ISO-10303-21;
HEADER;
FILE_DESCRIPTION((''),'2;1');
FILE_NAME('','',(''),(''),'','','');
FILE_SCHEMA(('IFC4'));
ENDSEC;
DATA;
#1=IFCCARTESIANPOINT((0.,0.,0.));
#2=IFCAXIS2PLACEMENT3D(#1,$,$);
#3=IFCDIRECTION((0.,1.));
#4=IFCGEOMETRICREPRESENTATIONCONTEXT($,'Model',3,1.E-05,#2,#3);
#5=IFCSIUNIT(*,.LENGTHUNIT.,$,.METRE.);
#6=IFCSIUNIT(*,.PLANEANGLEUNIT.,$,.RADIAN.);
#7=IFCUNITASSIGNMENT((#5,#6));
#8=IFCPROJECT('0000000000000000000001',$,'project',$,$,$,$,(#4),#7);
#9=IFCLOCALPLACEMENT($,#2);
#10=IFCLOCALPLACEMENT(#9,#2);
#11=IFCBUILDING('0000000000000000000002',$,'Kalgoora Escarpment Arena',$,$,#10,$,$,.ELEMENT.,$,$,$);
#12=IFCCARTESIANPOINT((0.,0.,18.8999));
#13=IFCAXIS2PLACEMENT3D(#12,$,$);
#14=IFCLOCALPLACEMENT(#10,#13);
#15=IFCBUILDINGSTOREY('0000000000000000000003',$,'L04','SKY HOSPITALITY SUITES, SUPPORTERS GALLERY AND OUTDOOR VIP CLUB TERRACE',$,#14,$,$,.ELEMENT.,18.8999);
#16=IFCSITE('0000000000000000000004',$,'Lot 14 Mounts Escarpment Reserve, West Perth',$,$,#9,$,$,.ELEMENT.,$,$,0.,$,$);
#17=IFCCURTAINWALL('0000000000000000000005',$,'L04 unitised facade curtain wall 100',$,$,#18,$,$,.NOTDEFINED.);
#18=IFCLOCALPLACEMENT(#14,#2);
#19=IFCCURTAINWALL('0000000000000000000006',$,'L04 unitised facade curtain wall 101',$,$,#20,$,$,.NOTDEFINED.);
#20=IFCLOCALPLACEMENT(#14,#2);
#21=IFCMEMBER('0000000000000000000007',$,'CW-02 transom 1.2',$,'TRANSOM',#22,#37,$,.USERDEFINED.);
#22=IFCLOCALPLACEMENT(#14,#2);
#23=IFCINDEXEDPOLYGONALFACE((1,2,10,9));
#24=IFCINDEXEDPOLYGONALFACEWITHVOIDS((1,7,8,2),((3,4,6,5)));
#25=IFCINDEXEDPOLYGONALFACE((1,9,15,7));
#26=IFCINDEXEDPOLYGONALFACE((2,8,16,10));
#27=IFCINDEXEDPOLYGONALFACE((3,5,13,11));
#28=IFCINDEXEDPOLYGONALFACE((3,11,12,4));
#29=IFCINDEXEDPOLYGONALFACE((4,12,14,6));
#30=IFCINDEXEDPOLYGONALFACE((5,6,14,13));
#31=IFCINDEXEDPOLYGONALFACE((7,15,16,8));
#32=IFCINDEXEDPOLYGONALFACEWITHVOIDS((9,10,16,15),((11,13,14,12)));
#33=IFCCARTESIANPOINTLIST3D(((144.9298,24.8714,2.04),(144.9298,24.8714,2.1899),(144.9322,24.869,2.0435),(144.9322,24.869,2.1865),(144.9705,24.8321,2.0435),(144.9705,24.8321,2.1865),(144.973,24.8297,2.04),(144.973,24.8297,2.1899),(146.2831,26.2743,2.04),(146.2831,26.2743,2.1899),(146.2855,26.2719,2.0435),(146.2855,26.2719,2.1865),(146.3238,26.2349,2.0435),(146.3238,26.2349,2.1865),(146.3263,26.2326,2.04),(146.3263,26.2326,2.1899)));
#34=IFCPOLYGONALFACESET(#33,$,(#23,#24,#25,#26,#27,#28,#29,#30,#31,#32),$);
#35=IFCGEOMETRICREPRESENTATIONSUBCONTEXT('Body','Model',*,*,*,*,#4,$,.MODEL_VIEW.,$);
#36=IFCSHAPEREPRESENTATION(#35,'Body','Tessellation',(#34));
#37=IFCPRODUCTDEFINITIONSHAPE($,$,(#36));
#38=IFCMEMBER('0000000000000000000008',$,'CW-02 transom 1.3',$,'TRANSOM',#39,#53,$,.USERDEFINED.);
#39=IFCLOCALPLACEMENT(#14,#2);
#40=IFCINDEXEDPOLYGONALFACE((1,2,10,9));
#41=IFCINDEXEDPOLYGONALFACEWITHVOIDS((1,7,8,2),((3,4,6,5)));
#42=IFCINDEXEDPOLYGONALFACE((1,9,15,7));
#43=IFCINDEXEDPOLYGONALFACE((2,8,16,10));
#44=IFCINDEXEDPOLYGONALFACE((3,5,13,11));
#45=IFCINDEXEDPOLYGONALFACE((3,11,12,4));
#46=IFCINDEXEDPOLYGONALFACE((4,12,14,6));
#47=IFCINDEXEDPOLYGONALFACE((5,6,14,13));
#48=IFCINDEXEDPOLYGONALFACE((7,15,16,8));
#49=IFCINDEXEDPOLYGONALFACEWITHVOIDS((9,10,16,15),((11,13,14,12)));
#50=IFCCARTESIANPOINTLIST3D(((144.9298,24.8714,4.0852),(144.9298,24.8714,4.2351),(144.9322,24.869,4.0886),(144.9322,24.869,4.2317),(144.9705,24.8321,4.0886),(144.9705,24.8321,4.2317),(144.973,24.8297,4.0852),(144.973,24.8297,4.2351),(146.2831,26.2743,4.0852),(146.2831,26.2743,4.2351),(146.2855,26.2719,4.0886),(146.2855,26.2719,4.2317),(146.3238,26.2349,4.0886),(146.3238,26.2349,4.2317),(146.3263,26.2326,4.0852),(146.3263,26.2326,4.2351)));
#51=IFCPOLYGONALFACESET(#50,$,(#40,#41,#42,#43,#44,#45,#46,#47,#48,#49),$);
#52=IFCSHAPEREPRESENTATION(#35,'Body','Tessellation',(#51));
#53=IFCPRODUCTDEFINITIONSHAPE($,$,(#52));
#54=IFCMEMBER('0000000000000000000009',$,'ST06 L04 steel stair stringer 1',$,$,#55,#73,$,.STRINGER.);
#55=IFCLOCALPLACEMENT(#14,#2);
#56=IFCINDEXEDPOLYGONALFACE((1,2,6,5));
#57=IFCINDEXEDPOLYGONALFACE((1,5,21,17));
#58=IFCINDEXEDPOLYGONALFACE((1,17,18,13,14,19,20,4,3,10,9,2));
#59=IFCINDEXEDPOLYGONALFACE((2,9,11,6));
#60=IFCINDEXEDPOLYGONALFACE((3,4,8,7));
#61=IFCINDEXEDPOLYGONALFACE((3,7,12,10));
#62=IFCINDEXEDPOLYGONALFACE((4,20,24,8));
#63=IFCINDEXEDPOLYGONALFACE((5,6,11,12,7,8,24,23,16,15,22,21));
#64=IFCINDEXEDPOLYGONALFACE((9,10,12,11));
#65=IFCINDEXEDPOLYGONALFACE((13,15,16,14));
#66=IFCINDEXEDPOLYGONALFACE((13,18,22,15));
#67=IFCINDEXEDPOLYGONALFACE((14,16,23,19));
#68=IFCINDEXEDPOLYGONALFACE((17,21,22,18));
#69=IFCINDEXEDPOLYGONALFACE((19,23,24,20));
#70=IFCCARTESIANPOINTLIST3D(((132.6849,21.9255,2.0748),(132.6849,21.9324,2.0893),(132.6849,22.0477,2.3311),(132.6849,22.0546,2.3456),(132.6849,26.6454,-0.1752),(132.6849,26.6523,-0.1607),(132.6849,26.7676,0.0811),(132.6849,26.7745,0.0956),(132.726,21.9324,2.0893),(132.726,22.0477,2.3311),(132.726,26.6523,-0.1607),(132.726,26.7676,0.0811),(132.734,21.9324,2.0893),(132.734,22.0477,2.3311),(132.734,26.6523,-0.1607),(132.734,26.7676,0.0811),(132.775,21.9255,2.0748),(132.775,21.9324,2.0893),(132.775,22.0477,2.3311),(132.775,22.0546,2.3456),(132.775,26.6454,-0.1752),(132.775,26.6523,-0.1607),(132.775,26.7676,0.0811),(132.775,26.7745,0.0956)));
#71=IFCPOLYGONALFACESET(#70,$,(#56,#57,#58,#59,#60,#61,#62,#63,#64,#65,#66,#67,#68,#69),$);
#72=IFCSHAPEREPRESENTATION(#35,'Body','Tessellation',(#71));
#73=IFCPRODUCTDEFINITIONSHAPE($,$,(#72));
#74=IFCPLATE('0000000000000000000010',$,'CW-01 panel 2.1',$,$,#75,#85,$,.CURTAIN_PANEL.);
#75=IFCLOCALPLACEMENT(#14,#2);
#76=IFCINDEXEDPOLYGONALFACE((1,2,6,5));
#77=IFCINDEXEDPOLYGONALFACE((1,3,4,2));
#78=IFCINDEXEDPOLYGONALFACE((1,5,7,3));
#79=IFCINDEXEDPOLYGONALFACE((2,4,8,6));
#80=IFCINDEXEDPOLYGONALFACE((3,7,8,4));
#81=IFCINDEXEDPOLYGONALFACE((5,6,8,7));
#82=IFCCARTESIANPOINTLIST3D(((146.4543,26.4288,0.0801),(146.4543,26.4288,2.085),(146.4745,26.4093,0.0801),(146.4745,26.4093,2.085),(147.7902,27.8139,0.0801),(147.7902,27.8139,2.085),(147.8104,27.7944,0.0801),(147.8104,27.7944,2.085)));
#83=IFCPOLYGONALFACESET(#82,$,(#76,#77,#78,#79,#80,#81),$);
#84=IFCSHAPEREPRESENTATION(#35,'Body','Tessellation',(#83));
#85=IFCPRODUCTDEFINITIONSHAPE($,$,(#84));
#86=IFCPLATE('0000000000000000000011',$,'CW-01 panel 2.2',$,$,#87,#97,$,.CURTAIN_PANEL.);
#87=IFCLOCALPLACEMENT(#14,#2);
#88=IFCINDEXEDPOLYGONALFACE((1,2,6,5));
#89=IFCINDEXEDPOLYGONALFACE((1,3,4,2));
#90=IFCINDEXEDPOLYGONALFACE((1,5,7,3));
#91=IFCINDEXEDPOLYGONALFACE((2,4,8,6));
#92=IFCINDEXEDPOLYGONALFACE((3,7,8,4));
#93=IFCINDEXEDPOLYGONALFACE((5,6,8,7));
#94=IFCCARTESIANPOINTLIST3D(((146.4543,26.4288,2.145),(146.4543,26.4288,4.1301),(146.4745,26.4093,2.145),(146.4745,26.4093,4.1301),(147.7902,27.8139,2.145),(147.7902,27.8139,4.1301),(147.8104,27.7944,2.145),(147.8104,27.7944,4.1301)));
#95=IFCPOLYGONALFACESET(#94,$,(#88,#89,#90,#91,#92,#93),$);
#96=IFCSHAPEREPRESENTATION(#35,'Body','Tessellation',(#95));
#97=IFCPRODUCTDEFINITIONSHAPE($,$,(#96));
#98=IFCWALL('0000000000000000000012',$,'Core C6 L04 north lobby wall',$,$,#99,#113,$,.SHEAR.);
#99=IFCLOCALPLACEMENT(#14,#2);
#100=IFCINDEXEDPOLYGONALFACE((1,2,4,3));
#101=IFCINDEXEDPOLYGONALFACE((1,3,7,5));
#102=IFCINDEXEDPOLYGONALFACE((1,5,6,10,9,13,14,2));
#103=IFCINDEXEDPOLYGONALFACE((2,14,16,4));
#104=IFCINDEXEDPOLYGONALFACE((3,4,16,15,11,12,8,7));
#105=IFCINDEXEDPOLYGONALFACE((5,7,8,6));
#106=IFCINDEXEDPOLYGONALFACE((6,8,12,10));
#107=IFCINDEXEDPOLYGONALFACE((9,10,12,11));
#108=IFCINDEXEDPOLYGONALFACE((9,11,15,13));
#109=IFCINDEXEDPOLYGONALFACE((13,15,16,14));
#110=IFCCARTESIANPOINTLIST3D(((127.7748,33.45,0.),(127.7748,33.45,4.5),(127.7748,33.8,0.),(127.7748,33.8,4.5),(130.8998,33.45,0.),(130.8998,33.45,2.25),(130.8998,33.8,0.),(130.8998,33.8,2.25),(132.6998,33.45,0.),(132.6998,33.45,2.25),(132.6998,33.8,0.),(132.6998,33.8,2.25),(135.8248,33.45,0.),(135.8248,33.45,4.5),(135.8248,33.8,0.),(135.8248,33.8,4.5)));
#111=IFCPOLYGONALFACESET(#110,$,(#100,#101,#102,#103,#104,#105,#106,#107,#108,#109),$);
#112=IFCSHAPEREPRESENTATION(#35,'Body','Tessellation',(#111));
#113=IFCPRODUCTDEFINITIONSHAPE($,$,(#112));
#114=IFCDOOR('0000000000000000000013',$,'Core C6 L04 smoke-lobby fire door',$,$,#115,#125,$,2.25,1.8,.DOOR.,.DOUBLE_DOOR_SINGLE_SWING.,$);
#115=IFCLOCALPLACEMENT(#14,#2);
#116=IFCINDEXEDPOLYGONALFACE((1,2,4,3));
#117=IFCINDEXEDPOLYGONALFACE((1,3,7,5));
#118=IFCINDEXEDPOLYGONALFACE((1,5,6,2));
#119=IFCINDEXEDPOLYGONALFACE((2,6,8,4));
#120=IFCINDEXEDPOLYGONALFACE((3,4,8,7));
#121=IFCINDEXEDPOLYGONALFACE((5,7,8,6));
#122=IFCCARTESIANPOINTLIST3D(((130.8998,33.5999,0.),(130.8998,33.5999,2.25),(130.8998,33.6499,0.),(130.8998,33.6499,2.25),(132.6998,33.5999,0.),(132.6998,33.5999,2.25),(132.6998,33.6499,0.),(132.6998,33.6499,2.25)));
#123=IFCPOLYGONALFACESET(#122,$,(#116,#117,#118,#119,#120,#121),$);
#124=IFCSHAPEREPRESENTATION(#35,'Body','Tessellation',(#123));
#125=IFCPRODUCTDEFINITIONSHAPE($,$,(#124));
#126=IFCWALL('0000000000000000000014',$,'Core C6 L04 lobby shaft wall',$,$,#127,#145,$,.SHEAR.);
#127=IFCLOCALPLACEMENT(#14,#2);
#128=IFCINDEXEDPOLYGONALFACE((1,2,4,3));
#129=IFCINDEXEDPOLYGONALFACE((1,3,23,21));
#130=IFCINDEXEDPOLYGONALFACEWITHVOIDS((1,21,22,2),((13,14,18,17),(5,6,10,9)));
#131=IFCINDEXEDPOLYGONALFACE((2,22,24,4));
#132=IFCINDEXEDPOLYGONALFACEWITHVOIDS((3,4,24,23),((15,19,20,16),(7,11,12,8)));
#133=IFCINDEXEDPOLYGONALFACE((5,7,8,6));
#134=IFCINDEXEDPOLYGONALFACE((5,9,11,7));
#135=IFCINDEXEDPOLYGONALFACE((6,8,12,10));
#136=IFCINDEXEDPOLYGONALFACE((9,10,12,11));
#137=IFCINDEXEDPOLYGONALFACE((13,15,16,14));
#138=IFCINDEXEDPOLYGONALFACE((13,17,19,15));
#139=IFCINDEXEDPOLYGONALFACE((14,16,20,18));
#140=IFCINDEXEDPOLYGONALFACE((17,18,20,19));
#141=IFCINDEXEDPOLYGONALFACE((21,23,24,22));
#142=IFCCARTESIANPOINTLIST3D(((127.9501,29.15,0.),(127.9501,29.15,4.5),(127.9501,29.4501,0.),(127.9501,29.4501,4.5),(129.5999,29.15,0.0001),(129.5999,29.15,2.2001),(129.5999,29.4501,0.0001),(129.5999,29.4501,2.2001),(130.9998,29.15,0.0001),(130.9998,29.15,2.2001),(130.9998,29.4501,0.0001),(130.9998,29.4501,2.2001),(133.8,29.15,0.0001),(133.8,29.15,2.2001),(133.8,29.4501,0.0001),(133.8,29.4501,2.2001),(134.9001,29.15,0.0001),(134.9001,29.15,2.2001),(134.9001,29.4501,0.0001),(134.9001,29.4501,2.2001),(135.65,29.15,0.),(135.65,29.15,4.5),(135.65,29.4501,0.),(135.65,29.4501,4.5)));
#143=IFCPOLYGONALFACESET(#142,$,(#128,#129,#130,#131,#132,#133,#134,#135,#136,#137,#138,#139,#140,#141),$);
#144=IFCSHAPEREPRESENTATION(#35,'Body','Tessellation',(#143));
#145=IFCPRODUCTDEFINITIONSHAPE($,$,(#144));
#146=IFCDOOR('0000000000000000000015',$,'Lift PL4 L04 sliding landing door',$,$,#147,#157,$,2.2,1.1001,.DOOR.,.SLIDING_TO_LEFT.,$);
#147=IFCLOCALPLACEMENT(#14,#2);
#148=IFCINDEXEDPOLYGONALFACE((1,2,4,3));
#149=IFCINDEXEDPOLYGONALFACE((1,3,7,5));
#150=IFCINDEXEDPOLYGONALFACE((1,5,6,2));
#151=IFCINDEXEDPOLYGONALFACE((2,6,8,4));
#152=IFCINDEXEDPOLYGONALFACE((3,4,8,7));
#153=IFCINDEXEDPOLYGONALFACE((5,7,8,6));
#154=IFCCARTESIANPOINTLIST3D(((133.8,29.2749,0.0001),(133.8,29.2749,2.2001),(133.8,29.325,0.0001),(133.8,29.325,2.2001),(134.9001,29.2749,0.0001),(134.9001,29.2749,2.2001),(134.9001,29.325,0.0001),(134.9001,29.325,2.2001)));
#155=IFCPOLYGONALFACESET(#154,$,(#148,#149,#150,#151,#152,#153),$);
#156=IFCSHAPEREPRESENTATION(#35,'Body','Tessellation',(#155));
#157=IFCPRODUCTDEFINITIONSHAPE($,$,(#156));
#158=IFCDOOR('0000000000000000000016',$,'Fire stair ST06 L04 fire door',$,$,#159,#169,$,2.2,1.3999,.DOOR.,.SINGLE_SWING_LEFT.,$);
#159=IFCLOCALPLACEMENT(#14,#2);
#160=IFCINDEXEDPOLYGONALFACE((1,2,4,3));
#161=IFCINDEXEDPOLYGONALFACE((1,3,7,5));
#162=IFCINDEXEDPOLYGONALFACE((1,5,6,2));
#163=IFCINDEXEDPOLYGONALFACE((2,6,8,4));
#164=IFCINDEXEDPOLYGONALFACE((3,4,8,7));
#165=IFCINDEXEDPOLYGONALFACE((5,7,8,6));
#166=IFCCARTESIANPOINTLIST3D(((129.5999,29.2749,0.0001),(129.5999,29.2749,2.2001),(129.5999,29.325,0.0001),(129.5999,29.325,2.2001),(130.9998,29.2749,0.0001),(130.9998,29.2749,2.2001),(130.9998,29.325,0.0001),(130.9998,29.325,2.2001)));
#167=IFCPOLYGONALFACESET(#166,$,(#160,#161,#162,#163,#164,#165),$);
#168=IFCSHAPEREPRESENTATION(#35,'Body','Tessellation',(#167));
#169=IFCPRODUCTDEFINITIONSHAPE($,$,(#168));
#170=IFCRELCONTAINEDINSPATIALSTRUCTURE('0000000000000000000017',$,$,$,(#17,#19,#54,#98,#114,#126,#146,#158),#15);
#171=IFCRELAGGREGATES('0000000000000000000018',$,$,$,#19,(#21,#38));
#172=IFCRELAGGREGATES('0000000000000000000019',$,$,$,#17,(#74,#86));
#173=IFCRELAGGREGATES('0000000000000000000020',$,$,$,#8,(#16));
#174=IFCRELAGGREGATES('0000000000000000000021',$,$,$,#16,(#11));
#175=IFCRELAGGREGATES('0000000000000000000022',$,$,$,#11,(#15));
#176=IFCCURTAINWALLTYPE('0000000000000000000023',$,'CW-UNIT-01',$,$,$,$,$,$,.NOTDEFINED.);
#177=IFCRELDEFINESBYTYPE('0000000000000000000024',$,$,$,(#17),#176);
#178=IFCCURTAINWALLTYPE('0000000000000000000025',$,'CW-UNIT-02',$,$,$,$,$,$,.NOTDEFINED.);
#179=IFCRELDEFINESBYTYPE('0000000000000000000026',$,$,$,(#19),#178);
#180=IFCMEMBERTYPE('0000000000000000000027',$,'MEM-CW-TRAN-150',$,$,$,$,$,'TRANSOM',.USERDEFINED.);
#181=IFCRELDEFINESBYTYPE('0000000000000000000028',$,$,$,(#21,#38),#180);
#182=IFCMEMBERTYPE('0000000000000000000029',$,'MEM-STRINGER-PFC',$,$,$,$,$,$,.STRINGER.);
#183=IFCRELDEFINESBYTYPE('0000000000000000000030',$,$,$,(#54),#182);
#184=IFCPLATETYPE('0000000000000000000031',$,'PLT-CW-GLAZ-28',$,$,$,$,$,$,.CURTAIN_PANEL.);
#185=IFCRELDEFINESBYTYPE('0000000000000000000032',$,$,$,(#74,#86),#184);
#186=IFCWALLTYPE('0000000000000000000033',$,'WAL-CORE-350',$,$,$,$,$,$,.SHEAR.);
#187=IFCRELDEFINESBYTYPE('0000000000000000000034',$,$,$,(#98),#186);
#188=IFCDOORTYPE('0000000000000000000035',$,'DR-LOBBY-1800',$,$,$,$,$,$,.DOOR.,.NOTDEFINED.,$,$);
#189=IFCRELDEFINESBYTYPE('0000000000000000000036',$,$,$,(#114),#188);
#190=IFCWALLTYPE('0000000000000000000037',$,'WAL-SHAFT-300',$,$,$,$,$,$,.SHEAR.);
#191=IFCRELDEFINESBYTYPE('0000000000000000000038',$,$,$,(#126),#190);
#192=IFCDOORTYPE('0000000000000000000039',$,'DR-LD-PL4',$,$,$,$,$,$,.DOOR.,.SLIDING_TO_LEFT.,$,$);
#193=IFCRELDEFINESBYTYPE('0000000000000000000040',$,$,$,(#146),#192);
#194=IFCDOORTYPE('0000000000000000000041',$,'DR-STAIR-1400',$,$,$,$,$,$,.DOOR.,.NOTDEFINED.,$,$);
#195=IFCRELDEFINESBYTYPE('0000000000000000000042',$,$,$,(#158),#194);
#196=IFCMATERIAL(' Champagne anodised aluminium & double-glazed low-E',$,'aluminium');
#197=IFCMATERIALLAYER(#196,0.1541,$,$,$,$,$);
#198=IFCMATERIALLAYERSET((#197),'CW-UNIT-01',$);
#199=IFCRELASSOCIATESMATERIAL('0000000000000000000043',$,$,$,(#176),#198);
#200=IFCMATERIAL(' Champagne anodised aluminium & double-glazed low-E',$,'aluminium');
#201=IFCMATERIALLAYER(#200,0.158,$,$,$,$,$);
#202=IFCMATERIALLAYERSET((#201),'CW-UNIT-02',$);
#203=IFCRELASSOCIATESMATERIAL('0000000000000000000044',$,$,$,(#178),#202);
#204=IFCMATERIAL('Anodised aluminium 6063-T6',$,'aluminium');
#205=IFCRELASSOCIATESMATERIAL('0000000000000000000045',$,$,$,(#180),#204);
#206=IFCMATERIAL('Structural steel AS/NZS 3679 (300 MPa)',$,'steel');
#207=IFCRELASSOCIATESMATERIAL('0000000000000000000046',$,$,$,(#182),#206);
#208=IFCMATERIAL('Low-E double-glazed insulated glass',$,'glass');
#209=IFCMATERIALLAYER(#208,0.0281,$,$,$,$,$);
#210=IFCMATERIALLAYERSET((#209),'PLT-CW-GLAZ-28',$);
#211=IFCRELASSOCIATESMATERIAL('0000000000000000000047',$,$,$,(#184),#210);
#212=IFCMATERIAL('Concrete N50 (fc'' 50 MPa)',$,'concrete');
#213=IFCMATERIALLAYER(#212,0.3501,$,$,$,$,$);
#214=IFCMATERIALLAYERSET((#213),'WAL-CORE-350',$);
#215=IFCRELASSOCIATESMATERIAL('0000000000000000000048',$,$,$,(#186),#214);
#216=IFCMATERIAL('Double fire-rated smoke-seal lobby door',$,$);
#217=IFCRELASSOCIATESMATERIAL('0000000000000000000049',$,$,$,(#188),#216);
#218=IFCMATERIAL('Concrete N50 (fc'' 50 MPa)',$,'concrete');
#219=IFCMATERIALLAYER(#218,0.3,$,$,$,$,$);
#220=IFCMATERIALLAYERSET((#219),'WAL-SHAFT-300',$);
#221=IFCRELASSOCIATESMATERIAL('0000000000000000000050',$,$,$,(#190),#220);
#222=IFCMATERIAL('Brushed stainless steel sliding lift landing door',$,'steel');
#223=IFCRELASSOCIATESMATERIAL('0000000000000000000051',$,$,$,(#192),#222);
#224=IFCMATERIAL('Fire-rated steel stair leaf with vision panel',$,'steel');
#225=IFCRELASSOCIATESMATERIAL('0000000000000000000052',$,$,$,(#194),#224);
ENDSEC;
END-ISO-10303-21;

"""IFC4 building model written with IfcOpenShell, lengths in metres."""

from ifc_helpers import new_model, si_unit, direction, frame, frame_2d, origin, origin_2d, place, context, subcontext, project, spatial, rectangle, hollow_rectangle, i_section, extrude, material, layer, layer_set, material_profile, profile_set, type_object, element, fill, aggregate, save


model = new_model("IFC4")

# Units and contexts
model_context = context("Model", 3, precision=1e-05, world=origin(), true_north=direction((0.0, 1.0)))
body_context = subcontext(model_context, "Body", "Model", "MODEL_VIEW")
ifc_project = project(units=[si_unit("LENGTHUNIT", "METRE"), si_unit("PLANEANGLEUNIT", "RADIAN")], contexts=[model_context])

# Site, building, storey
site_placement = place(None, origin())
site = spatial("IfcSite", under=ifc_project, at=site_placement, Name="Lot 14 Mounts Escarpment Reserve, West Perth", CompositionType="ELEMENT", RefElevation=0.0)
building_placement = place(site_placement, origin())
building = spatial("IfcBuilding", under=site, at=building_placement, Name="Kalgoora Escarpment Arena", CompositionType="ELEMENT")
storey_placement = place(building_placement, frame((0.0, 0.0, 18.8999)))
storey = spatial("IfcBuildingStorey", under=building, at=storey_placement, Name="L04", Description="SKY HOSPITALITY SUITES, SUPPORTERS GALLERY AND OUTDOOR VIP CLUB TERRACE", CompositionType="ELEMENT", Elevation=18.8999)

# Curtain walls
ifc_material_1 = material(Name=" Champagne anodised aluminium & double-glazed low-E", Category="aluminium")
ifc_layer_1 = layer(ifc_material_1, 0.1541)
ifc_layer_set_1 = layer_set([ifc_layer_1], Name="CW-UNIT-01")
curtain_wall_type_1 = type_object("IfcCurtainWallType", Name="CW-UNIT-01", PredefinedType="NOTDEFINED", material=ifc_layer_set_1)
curtain_wall_1_placement = place(storey_placement, origin())
curtain_wall_1 = element("IfcCurtainWall", 1, at=curtain_wall_1_placement, inside=storey, type_object=curtain_wall_type_1, Name="L04 unitised facade curtain wall 100", PredefinedType="NOTDEFINED")
ifc_material_2 = material(Name=" Champagne anodised aluminium & double-glazed low-E", Category="aluminium")
ifc_layer_2 = layer(ifc_material_2, 0.158)
ifc_layer_set_2 = layer_set([ifc_layer_2], Name="CW-UNIT-02")
curtain_wall_type_2 = type_object("IfcCurtainWallType", Name="CW-UNIT-02", PredefinedType="NOTDEFINED", material=ifc_layer_set_2)
curtain_wall_2_placement = place(storey_placement, origin())
curtain_wall_2 = element("IfcCurtainWall", 2, at=curtain_wall_2_placement, inside=storey, type_object=curtain_wall_type_2, Name="L04 unitised facade curtain wall 101", PredefinedType="NOTDEFINED")

# Members
ifc_material_3 = material(Name="Anodised aluminium 6063-T6", Category="aluminium")
ifc_material_profile_1 = material_profile(ifc_material_3, hollow_rectangle(XDim=0.0601, YDim=0.1499, WallThickness=0.0034, at=origin_2d()))
ifc_profile_set_1 = profile_set([ifc_material_profile_1], Name="Anodised aluminium 6063-T6")
member_type_1 = type_object("IfcMemberType", Name="MEM-CW-TRAN-150", ElementType="TRANSOM", PredefinedType="USERDEFINED", material=ifc_profile_set_1)
member_1_placement = place(storey_placement, frame((146.3047, 26.2534, 2.115), z_axis=(-0.694279, -0.719706, 0.0), x_axis=(0.719706, -0.694279, 0.0)))
member_1 = element("IfcMember", 3, at=member_1_placement, type_object=member_type_1, Name="CW-02 transom 1.2", ObjectType="TRANSOM", PredefinedType="USERDEFINED", context=body_context, shape_type="SweptSolid", body=[
    extrude(hollow_rectangle(XDim=0.0601, YDim=0.1499, WallThickness=0.0034, at=origin_2d()), origin(), (0.0, 0.0, 1.0), 1.9492),
])
member_2_placement = place(storey_placement, frame((146.3047, 26.2534, 4.1602), z_axis=(-0.694279, -0.719706, 0.0), x_axis=(0.719706, -0.694279, 0.0)))
member_2 = element("IfcMember", 4, at=member_2_placement, type_object=member_type_1, Name="CW-02 transom 1.3", ObjectType="TRANSOM", PredefinedType="USERDEFINED", context=body_context, shape_type="SweptSolid", body=[
    extrude(hollow_rectangle(XDim=0.0601, YDim=0.1499, WallThickness=0.0034, at=origin_2d()), origin(), (0.0, 0.0, 1.0), 1.9492),
])
aggregate(curtain_wall_2, [member_1, member_2])
ifc_material_4 = material(Name="Structural steel AS/NZS 3679 (300 MPa)", Category="steel")
ifc_material_profile_2 = material_profile(ifc_material_4, i_section(OverallWidth=0.0901, OverallDepth=0.3, WebThickness=0.0081, FlangeThickness=0.0161, at=origin_2d()))
ifc_profile_set_2 = profile_set([ifc_material_profile_2], Name="Structural steel AS/NZS 3679 (300 MPa)")
member_type_2 = type_object("IfcMemberType", Name="MEM-STRINGER-PFC", PredefinedType="STRINGER", material=ifc_profile_set_2)
member_3_placement = place(storey_placement, frame((132.73, 26.71, -0.0398), z_axis=(0.0, -0.902683, 0.430307), x_axis=(1.0, 0.0, 0.0)))
element("IfcMember", 5, at=member_3_placement, inside=storey, type_object=member_type_2, Name="ST06 L04 steel stair stringer 1", PredefinedType="STRINGER", context=body_context, shape_type="SweptSolid", body=[
    extrude(i_section(OverallWidth=0.0901, OverallDepth=0.3, WebThickness=0.0081, FlangeThickness=0.0161, at=origin_2d()), origin(), (0.0, 0.0, 1.0), 5.2288),
])

# Plates
ifc_material_5 = material(Name="Low-E double-glazed insulated glass", Category="glass")
ifc_layer_3 = layer(ifc_material_5, 0.0281)
ifc_layer_set_3 = layer_set([ifc_layer_3], Name="PLT-CW-GLAZ-28")
plate_type = type_object("IfcPlateType", Name="PLT-CW-GLAZ-28", PredefinedType="CURTAIN_PANEL", material=ifc_layer_set_3)
plate_1_placement = place(storey_placement, frame((147.1323, 27.1116, 0.0801), z_axis=(0.0, 0.0, 1.0), x_axis=(-0.694205, -0.719777, 0.0)))
plate_1 = element("IfcPlate", 6, at=plate_1_placement, type_object=plate_type, Name="CW-01 panel 2.1", PredefinedType="CURTAIN_PANEL", context=body_context, shape_type="SweptSolid", body=[
    extrude(rectangle(XDim=1.9243, YDim=0.0281, at=origin_2d()), origin(), (0.0, 0.0, 1.0), 2.0049),
])
plate_2_placement = place(storey_placement, frame((147.1323, 27.1116, 2.145), z_axis=(0.0, 0.0, 1.0), x_axis=(-0.694205, -0.719777, 0.0)))
plate_2 = element("IfcPlate", 7, at=plate_2_placement, type_object=plate_type, Name="CW-01 panel 2.2", PredefinedType="CURTAIN_PANEL", context=body_context, shape_type="SweptSolid", body=[
    extrude(rectangle(XDim=1.9243, YDim=0.0281, at=origin_2d()), origin(), (0.0, 0.0, 1.0), 1.9851),
])
aggregate(curtain_wall_1, [plate_1, plate_2])

# Wall, opening, door
ifc_material_6 = material(Name="Concrete N50 (fc' 50 MPa)", Category="concrete")
ifc_layer_4 = layer(ifc_material_6, 0.3501)
ifc_layer_set_4 = layer_set([ifc_layer_4], Name="WAL-CORE-350")
wall_type_1 = type_object("IfcWallType", Name="WAL-CORE-350", PredefinedType="SHEAR", material=ifc_layer_set_4)
wall_1_placement = place(storey_placement, frame((127.7749, 33.625, 0.0), z_axis=(0.0, 0.0, 1.0), x_axis=(1.0, 0.0, 0.0)))
wall_1 = element("IfcWall", 8, at=wall_1_placement, inside=storey, type_object=wall_type_1, Name="Core C6 L04 north lobby wall", PredefinedType="SHEAR", context=body_context, shape_type="SweptSolid", body=[
    extrude(rectangle(XDim=8.05, YDim=0.3501, at=frame_2d((4.0249, 0.0))), origin(), (0.0, 0.0, 1.0), 4.5),
])
opening_1_placement = place(wall_1_placement, frame((3.125, 0.0, 0.0)))
opening_1 = element("IfcOpeningElement", 9, at=opening_1_placement, cuts=wall_1, PredefinedType="OPENING", context=body_context, shape_type="SweptSolid", body=[
    extrude(rectangle(XDim=1.8, YDim=2.25, at=frame_2d((0.8999, 1.125))), frame((0.0, 0.1851, 0.0), z_axis=(0.0, -1.0, 0.0), x_axis=(1.0, 0.0, 0.0)), (0.0, 0.0, 1.0), 0.3701),
])
ifc_material_7 = material(Name="Double fire-rated smoke-seal lobby door")
door_type_1 = type_object("IfcDoorType", Name="DR-LOBBY-1800", OperationType="NOTDEFINED", PredefinedType="DOOR", material=ifc_material_7)
door_1_placement = place(opening_1_placement, origin())
door_1 = element("IfcDoor", 10, at=door_1_placement, inside=storey, type_object=door_type_1, Name="Core C6 L04 smoke-lobby fire door", OperationType="DOUBLE_DOOR_SINGLE_SWING", OverallHeight=2.25, OverallWidth=1.8, PredefinedType="DOOR", context=body_context, shape_type="SweptSolid", body=[
    extrude(rectangle(XDim=1.8, YDim=2.25, at=frame_2d((0.8999, 1.125))), frame((0.0, 0.0249, 0.0), z_axis=(0.0, -1.0, 0.0), x_axis=(1.0, 0.0, 0.0)), (0.0, 0.0, 1.0), 0.05),
])
fill(opening_1, door_1)

# Wall, openings, doors
ifc_material_8 = material(Name="Concrete N50 (fc' 50 MPa)", Category="concrete")
ifc_layer_5 = layer(ifc_material_8, 0.3)
ifc_layer_set_5 = layer_set([ifc_layer_5], Name="WAL-SHAFT-300")
wall_type_2 = type_object("IfcWallType", Name="WAL-SHAFT-300", PredefinedType="SHEAR", material=ifc_layer_set_5)
wall_2_placement = place(storey_placement, frame((127.95, 29.3, 0.0), z_axis=(0.0, 0.0, 1.0), x_axis=(1.0, 0.0, 0.0)))
wall_2 = element("IfcWall", 11, at=wall_2_placement, inside=storey, type_object=wall_type_2, Name="Core C6 L04 lobby shaft wall", PredefinedType="SHEAR", context=body_context, shape_type="SweptSolid", body=[
    extrude(rectangle(XDim=7.7, YDim=0.3, at=frame_2d((3.8501, 0.0))), origin(), (0.0, 0.0, 1.0), 4.5),
])
opening_2_placement = place(wall_2_placement, frame((1.6499, 0.0, 0.0)))
opening_2 = element("IfcOpeningElement", 12, at=opening_2_placement, cuts=wall_2, PredefinedType="OPENING", context=body_context, shape_type="SweptSolid", body=[
    extrude(rectangle(XDim=1.3999, YDim=2.2, at=frame_2d((0.7, 1.1001))), frame((0.0, 0.1599, 0.0), z_axis=(0.0, -1.0, 0.0), x_axis=(1.0, 0.0, 0.0)), (0.0, 0.0, 1.0), 0.3201),
])
opening_3_placement = place(wall_2_placement, frame((5.8501, 0.0, 0.0)))
opening_3 = element("IfcOpeningElement", 13, at=opening_3_placement, cuts=wall_2, PredefinedType="OPENING", context=body_context, shape_type="SweptSolid", body=[
    extrude(rectangle(XDim=1.1001, YDim=2.2, at=frame_2d((0.55, 1.1001))), frame((0.0, 0.1599, 0.0), z_axis=(0.0, -1.0, 0.0), x_axis=(1.0, 0.0, 0.0)), (0.0, 0.0, 1.0), 0.3201),
])
ifc_material_9 = material(Name="Brushed stainless steel sliding lift landing door", Category="steel")
door_type_2 = type_object("IfcDoorType", Name="DR-LD-PL4", OperationType="SLIDING_TO_LEFT", PredefinedType="DOOR", material=ifc_material_9)
door_2_placement = place(opening_3_placement, origin())
door_2 = element("IfcDoor", 14, at=door_2_placement, inside=storey, type_object=door_type_2, Name="Lift PL4 L04 sliding landing door", OperationType="SLIDING_TO_LEFT", OverallHeight=2.2, OverallWidth=1.1001, PredefinedType="DOOR", context=body_context, shape_type="SweptSolid", body=[
    extrude(rectangle(XDim=1.1001, YDim=2.2, at=frame_2d((0.55, 1.1001))), frame((0.0, 0.0249, 0.0), z_axis=(0.0, -1.0, 0.0), x_axis=(1.0, 0.0, 0.0)), (0.0, 0.0, 1.0), 0.05),
])
fill(opening_3, door_2)
ifc_material_10 = material(Name="Fire-rated steel stair leaf with vision panel", Category="steel")
door_type_3 = type_object("IfcDoorType", Name="DR-STAIR-1400", OperationType="NOTDEFINED", PredefinedType="DOOR", material=ifc_material_10)
door_3_placement = place(opening_2_placement, origin())
door_3 = element("IfcDoor", 15, at=door_3_placement, inside=storey, type_object=door_type_3, Name="Fire stair ST06 L04 fire door", OperationType="SINGLE_SWING_LEFT", OverallHeight=2.2, OverallWidth=1.3999, PredefinedType="DOOR", context=body_context, shape_type="SweptSolid", body=[
    extrude(rectangle(XDim=1.3999, YDim=2.2, at=frame_2d((0.7, 1.1001))), frame((0.0, 0.0249, 0.0), z_axis=(0.0, -1.0, 0.0), x_axis=(1.0, 0.0, 0.0)), (0.0, 0.0, 1.0), 0.05),
])
fill(opening_2, door_3)

save(model, "model.ifc")
